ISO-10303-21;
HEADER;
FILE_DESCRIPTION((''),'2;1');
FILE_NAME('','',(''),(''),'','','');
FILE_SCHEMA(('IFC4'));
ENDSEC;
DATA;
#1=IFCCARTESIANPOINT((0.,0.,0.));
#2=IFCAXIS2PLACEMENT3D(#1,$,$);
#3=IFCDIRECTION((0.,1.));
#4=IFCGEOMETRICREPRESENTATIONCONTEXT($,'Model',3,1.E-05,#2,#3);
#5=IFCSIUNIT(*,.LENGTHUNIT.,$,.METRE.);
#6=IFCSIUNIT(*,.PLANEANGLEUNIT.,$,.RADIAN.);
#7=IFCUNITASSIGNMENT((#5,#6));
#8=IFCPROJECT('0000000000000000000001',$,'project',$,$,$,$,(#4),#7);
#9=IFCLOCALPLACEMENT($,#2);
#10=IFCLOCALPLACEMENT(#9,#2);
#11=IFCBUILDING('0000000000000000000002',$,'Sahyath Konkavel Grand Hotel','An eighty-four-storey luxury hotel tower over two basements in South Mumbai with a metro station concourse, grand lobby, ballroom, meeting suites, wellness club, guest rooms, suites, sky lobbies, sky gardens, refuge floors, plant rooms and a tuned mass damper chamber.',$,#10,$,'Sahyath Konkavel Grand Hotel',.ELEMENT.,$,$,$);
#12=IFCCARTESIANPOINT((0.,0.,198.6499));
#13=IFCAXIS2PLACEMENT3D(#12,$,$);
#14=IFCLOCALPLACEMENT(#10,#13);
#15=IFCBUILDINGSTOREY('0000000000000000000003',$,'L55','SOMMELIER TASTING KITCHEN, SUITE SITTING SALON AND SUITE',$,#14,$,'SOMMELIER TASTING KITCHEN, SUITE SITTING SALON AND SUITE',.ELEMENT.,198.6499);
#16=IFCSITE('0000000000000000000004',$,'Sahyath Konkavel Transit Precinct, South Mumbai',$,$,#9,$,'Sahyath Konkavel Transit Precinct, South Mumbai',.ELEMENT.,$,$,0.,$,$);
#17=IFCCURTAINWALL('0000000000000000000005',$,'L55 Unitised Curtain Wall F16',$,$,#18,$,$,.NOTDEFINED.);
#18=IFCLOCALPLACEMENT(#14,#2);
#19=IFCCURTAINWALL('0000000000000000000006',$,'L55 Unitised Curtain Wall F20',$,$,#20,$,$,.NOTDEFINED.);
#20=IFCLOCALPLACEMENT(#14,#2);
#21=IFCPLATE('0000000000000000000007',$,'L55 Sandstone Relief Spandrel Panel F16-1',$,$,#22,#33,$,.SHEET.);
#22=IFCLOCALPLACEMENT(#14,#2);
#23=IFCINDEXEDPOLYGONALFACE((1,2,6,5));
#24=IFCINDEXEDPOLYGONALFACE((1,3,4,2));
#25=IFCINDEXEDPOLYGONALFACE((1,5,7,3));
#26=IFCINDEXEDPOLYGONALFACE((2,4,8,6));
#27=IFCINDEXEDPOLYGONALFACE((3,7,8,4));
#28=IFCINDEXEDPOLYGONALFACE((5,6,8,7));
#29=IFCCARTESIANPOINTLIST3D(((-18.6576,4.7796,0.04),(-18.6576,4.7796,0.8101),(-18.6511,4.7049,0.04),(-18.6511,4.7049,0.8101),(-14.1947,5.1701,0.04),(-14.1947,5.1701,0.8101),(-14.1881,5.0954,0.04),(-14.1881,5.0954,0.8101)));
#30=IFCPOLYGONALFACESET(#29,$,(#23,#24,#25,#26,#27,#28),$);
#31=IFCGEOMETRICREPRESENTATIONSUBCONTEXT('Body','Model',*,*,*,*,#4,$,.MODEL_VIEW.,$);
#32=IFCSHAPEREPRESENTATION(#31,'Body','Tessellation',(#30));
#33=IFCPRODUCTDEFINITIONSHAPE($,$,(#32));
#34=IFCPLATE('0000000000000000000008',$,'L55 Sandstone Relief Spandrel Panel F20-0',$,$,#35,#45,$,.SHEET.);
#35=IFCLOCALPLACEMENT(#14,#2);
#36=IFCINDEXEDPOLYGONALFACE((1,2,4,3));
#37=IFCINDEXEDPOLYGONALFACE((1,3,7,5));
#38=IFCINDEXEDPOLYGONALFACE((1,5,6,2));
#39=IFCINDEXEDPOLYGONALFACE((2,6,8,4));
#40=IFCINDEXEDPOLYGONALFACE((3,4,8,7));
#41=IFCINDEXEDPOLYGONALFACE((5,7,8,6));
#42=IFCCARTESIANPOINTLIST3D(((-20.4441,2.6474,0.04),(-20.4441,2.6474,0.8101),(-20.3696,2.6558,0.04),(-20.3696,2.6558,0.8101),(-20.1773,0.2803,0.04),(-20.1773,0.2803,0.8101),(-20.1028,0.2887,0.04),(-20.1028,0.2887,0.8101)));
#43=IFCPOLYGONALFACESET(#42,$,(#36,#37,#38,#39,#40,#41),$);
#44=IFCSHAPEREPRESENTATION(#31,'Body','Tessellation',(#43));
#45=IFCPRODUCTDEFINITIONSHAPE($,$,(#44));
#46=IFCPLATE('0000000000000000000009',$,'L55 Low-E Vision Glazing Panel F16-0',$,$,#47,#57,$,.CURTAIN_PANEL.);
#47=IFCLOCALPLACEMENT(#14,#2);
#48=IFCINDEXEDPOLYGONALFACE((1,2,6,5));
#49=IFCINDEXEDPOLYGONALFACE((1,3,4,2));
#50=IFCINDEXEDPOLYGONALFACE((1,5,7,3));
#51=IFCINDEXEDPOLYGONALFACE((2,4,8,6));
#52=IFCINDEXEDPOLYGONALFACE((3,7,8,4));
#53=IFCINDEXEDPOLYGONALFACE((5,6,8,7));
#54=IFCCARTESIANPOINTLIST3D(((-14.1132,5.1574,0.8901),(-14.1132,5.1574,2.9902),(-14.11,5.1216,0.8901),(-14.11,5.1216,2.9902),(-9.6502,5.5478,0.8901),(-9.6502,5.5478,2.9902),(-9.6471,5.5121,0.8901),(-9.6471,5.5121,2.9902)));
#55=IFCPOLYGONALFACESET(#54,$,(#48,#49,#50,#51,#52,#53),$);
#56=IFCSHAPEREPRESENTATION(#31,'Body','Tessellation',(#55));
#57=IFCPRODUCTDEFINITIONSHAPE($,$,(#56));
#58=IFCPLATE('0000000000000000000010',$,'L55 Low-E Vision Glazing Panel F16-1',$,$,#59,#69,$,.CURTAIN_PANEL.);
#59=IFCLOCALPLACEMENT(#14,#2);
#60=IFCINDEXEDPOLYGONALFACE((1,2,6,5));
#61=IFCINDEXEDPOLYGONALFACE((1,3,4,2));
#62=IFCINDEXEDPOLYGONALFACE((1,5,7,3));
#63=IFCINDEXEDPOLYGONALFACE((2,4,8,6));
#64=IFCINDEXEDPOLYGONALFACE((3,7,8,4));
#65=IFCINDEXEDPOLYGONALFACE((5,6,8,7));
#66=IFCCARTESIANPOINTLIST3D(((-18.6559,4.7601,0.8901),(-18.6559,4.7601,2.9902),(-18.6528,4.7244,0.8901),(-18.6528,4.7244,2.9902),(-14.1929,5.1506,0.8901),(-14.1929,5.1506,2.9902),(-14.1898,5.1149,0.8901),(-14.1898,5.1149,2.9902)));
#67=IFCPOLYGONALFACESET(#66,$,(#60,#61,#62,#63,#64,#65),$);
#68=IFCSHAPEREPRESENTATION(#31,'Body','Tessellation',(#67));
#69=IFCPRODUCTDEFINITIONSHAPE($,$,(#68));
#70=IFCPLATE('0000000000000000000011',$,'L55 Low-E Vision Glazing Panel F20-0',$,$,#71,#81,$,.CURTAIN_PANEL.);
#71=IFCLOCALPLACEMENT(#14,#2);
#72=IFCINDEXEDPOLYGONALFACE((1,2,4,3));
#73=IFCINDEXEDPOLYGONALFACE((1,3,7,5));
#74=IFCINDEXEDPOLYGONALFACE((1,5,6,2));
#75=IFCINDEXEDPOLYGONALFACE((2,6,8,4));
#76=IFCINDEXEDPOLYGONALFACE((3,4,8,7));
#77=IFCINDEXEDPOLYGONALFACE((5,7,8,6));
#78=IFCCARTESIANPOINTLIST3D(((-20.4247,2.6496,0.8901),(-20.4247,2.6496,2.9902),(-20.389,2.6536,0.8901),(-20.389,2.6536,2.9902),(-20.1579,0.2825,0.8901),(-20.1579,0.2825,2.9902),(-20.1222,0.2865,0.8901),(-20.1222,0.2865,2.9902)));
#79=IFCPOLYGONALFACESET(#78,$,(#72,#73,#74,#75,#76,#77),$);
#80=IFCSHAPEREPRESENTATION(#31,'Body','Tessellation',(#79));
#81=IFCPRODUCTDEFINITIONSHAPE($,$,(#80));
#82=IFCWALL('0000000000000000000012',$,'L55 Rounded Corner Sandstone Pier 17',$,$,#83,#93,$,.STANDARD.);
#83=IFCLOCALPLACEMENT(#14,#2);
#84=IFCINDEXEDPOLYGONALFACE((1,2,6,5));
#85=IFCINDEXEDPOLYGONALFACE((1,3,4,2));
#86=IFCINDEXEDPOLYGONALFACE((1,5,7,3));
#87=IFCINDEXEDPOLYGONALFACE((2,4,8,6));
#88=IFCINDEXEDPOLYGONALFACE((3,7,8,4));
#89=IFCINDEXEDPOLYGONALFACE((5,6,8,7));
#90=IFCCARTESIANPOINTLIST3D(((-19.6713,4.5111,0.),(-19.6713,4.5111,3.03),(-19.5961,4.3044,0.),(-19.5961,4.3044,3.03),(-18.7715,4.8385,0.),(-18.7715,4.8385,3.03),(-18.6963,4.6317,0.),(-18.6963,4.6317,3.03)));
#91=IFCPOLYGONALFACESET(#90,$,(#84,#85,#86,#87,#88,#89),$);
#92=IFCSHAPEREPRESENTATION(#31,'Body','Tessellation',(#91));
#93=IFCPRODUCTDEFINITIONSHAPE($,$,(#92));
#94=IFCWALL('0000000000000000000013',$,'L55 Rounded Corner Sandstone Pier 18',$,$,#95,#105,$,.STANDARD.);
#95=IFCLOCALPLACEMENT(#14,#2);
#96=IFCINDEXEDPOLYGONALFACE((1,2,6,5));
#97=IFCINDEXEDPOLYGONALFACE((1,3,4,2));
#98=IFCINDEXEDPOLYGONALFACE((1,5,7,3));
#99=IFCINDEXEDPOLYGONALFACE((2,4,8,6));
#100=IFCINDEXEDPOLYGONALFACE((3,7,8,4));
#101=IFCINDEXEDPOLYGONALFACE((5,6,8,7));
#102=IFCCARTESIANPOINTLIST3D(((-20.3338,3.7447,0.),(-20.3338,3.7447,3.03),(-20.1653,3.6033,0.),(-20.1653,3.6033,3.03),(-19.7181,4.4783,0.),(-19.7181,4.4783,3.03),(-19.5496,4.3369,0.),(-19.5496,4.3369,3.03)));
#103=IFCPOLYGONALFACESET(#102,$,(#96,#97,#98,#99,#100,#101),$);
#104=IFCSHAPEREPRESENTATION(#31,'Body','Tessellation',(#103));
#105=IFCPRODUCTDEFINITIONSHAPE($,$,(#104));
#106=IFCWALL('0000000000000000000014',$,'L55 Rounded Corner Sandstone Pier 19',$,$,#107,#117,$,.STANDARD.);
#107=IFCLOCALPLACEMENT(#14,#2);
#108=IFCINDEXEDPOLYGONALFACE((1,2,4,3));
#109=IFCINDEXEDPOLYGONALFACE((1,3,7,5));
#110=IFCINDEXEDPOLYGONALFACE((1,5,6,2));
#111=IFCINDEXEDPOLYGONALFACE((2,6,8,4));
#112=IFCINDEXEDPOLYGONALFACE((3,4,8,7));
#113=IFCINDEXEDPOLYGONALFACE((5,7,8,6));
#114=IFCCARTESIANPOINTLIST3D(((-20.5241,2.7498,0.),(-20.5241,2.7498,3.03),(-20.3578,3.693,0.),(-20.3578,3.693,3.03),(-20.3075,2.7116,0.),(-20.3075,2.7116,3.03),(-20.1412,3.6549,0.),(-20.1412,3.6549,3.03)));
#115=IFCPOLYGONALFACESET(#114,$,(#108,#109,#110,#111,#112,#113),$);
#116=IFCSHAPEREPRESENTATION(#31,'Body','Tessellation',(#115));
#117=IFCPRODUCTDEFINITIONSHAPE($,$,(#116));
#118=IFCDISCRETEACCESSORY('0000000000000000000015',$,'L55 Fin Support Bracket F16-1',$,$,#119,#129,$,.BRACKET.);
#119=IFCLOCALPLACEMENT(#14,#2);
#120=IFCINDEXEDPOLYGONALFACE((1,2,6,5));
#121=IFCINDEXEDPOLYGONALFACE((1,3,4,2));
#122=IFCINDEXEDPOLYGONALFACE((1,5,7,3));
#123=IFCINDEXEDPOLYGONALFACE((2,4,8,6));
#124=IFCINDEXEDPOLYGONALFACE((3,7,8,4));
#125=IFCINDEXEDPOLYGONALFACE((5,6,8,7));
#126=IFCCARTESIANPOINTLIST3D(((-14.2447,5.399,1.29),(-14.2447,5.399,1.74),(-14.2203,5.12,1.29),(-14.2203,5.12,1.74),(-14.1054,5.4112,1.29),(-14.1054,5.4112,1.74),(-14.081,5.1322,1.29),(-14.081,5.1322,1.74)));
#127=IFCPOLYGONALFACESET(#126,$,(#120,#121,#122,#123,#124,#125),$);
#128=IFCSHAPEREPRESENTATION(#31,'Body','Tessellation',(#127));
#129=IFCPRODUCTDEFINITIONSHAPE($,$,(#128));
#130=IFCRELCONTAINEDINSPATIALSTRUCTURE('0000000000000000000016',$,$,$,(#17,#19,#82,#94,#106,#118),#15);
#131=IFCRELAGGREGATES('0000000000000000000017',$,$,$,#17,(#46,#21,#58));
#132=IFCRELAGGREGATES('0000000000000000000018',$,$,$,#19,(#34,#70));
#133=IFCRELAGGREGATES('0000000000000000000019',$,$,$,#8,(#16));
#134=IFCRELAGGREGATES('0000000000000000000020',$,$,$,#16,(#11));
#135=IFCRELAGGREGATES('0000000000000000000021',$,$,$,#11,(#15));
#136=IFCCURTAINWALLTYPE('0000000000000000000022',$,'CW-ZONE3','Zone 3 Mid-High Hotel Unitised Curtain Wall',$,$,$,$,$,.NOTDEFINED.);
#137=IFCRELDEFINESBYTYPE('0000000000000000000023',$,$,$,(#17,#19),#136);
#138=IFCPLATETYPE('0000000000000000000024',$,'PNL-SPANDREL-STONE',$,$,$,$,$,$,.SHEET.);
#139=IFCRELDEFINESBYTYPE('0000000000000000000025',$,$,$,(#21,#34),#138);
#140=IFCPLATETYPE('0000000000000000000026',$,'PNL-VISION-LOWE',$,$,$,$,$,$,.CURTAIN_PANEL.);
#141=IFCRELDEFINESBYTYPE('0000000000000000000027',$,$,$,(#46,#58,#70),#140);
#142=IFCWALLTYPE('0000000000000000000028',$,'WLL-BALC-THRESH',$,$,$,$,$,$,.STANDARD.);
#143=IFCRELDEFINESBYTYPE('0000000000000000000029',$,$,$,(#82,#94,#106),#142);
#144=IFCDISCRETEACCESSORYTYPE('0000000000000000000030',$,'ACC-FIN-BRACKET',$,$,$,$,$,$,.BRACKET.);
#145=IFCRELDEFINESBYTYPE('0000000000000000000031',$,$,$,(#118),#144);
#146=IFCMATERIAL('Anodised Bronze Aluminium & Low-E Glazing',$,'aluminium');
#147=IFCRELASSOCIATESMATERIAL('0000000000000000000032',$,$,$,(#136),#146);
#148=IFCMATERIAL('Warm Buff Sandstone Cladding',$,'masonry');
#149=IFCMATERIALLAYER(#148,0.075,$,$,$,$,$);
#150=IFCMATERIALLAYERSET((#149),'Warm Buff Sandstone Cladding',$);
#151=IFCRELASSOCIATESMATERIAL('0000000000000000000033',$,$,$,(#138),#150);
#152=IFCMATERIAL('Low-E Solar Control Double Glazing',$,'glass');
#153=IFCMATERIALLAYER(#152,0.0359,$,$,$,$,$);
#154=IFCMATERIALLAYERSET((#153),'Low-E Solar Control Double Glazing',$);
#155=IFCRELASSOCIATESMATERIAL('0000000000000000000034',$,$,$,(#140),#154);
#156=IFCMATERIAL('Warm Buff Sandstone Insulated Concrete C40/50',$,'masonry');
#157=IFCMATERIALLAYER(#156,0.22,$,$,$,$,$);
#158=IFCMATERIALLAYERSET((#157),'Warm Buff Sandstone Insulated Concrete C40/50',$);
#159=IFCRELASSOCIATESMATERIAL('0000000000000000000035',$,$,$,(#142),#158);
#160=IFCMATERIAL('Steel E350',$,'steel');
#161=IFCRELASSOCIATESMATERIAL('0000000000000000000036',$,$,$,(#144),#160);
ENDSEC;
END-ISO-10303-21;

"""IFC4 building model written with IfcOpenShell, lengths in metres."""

from ifc_helpers import new_model, si_unit, direction, frame, frame_2d, origin, origin_2d, place, context, subcontext, project, spatial, rectangle, extrude, source, transform, mapped, material, layer, layer_set, type_object, element, aggregate, save


model = new_model("IFC4")

# Units and contexts
model_context = context("Model", 3, precision=1e-05, world=origin(), true_north=direction((0.0, 1.0)))
body_context = subcontext(model_context, "Body", "Model", "MODEL_VIEW")
ifc_project = project(units=[si_unit("LENGTHUNIT", "METRE"), si_unit("PLANEANGLEUNIT", "RADIAN")], contexts=[model_context])

# Site, building, storey
site_placement = place(None, origin())
site = spatial("IfcSite", under=ifc_project, at=site_placement, Name="Sahyath Konkavel Transit Precinct, South Mumbai", LongName="Sahyath Konkavel Transit Precinct, South Mumbai", CompositionType="ELEMENT", RefElevation=0.0)
building_placement = place(site_placement, origin())
building = spatial("IfcBuilding", under=site, at=building_placement, Name="Sahyath Konkavel Grand Hotel", Description="An eighty-four-storey luxury hotel tower over two basements in South Mumbai with a metro station concourse, grand lobby, ballroom, meeting suites, wellness club, guest rooms, suites, sky lobbies, sky gardens, refuge floors, plant rooms and a tuned mass damper chamber.", LongName="Sahyath Konkavel Grand Hotel", CompositionType="ELEMENT")
storey_placement = place(building_placement, frame((0.0, 0.0, 198.6499)))
storey = spatial("IfcBuildingStorey", under=building, at=storey_placement, Name="L55", Description="SOMMELIER TASTING KITCHEN, SUITE SITTING SALON AND SUITE", LongName="SOMMELIER TASTING KITCHEN, SUITE SITTING SALON AND SUITE", CompositionType="ELEMENT", Elevation=198.6499)

# Shared definitions
ifc_material_1 = material(Name="Steel E350", Category="steel")

# Curtain walls
ifc_material_2 = material(Name="Anodised Bronze Aluminium & Low-E Glazing", Category="aluminium")
curtain_wall_type = type_object("IfcCurtainWallType", Name="CW-ZONE3", Description="Zone 3 Mid-High Hotel Unitised Curtain Wall", PredefinedType="NOTDEFINED", material=ifc_material_2)
curtain_wall_1_placement = place(storey_placement, origin())
curtain_wall_1 = element("IfcCurtainWall", 1, at=curtain_wall_1_placement, inside=storey, type_object=curtain_wall_type, Name="L55 Unitised Curtain Wall F16", PredefinedType="NOTDEFINED")
curtain_wall_2_placement = place(storey_placement, origin())
curtain_wall_2 = element("IfcCurtainWall", 2, at=curtain_wall_2_placement, inside=storey, type_object=curtain_wall_type, Name="L55 Unitised Curtain Wall F20", PredefinedType="NOTDEFINED")

# Plates
ifc_material_3 = material(Name="Warm Buff Sandstone Cladding", Category="masonry")
ifc_layer_1 = layer(ifc_material_3, 0.075)
ifc_layer_set_1 = layer_set([ifc_layer_1], Name="Warm Buff Sandstone Cladding")
plate_type_1 = type_object("IfcPlateType", Name="PNL-SPANDREL-STONE", PredefinedType="SHEET", material=ifc_layer_set_1)
shared_shape_1 = source(origin(), body_context, "Body", "SweptSolid", [
    extrude(rectangle(XDim=4.48, YDim=0.075, at=origin_2d()), origin(), (0.0, 0.0, 1.0), 0.77),
])
plate_1_placement = place(storey_placement, frame((-16.4229, 4.9375, 0.04), z_axis=(0.0, 0.0, 1.0), x_axis=(-0.996195, -0.087156, 0.0)))
plate_1 = element("IfcPlate", 3, at=plate_1_placement, type_object=plate_type_1, Name="L55 Sandstone Relief Spandrel Panel F16-1", PredefinedType="SHEET", context=body_context, shape_type="MappedRepresentation", body=[
    mapped(shared_shape_1, transform((0.0, 0.0, 0.0), scale=1.0)),
])
shared_shape_2 = source(origin(), body_context, "Body", "SweptSolid", [
    extrude(rectangle(XDim=2.3821, YDim=0.075, at=origin_2d()), origin(), (0.0, 0.0, 1.0), 0.77),
])
plate_2_placement = place(storey_placement, frame((-20.2734, 1.468, 0.04), z_axis=(0.0, 0.0, 1.0), x_axis=(0.111989, -0.993709, 0.0)))
plate_2 = element("IfcPlate", 4, at=plate_2_placement, type_object=plate_type_1, Name="L55 Sandstone Relief Spandrel Panel F20-0", PredefinedType="SHEET", context=body_context, shape_type="MappedRepresentation", body=[
    mapped(shared_shape_2, transform((0.0, 0.0, 0.0), scale=1.0)),
])
ifc_material_4 = material(Name="Low-E Solar Control Double Glazing", Category="glass")
ifc_layer_2 = layer(ifc_material_4, 0.0359)
ifc_layer_set_2 = layer_set([ifc_layer_2], Name="Low-E Solar Control Double Glazing")
plate_type_2 = type_object("IfcPlateType", Name="PNL-VISION-LOWE", PredefinedType="CURTAIN_PANEL", material=ifc_layer_set_2)
shared_shape_3 = source(origin(), body_context, "Body", "SweptSolid", [
    extrude(rectangle(XDim=4.48, YDim=0.0359, at=origin_2d()), origin(), (0.0, 0.0, 1.0), 2.1001),
])
plate_3_placement = place(storey_placement, frame((-11.8801, 5.3347, 0.8901), z_axis=(0.0, 0.0, 1.0), x_axis=(-0.996195, -0.087156, 0.0)))
plate_3 = element("IfcPlate", 5, at=plate_3_placement, type_object=plate_type_2, Name="L55 Low-E Vision Glazing Panel F16-0", PredefinedType="CURTAIN_PANEL", context=body_context, shape_type="MappedRepresentation", body=[
    mapped(shared_shape_3, transform((0.0, 0.0, 0.0), scale=1.0)),
])
plate_4_placement = place(storey_placement, frame((-16.4229, 4.9375, 0.8901), z_axis=(0.0, 0.0, 1.0), x_axis=(-0.996195, -0.087156, 0.0)))
plate_4 = element("IfcPlate", 6, at=plate_4_placement, type_object=plate_type_2, Name="L55 Low-E Vision Glazing Panel F16-1", PredefinedType="CURTAIN_PANEL", context=body_context, shape_type="MappedRepresentation", body=[
    mapped(shared_shape_3, transform((0.0, 0.0, 0.0), scale=1.0)),
])
aggregate(curtain_wall_1, [plate_3, plate_1, plate_4])
shared_shape_4 = source(origin(), body_context, "Body", "SweptSolid", [
    extrude(rectangle(XDim=2.3821, YDim=0.0359, at=origin_2d()), origin(), (0.0, 0.0, 1.0), 2.1001),
])
plate_5_placement = place(storey_placement, frame((-20.2734, 1.468, 0.8901), z_axis=(0.0, 0.0, 1.0), x_axis=(0.111989, -0.993709, 0.0)))
plate_5 = element("IfcPlate", 7, at=plate_5_placement, type_object=plate_type_2, Name="L55 Low-E Vision Glazing Panel F20-0", PredefinedType="CURTAIN_PANEL", context=body_context, shape_type="MappedRepresentation", body=[
    mapped(shared_shape_4, transform((0.0, 0.0, 0.0), scale=1.0)),
])
aggregate(curtain_wall_2, [plate_2, plate_5])

# Walls
ifc_material_5 = material(Name="Warm Buff Sandstone Insulated Concrete C40/50", Category="masonry")
ifc_layer_3 = layer(ifc_material_5, 0.22)
ifc_layer_set_3 = layer_set([ifc_layer_3], Name="Warm Buff Sandstone Insulated Concrete C40/50")
wall_type = type_object("IfcWallType", Name="WLL-BALC-THRESH", PredefinedType="STANDARD", material=ifc_layer_set_3)
wall_placement = place(storey_placement, frame((-18.7339, 4.7351, 0.0), z_axis=(0.0, 0.0, 1.0), x_axis=(-0.939741, -0.341886, 0.0)))
element("IfcWall", 8, at=wall_placement, inside=storey, type_object=wall_type, Name="L55 Rounded Corner Sandstone Pier 17", PredefinedType="STANDARD", context=body_context, shape_type="SweptSolid", body=[
    extrude(rectangle(XDim=0.9575, YDim=0.22, at=frame_2d((0.4788, 0.0))), origin(), (0.0, 0.0, 1.0), 3.03),
])
for number, where, z_axis, x_axis, name in (
    (9, (-19.6338, 4.4077, 0.0), (0.0, 0.0, 1.0), (-0.642863, -0.765981, 0.0), "L55 Rounded Corner Sandstone Pier 18"),
    (10, (-20.2495, 3.6741, 0.0), (0.0, 0.0, 1.0), (-0.173611, -0.984814, 0.0), "L55 Rounded Corner Sandstone Pier 19"),
):
    element("IfcWall", number, at=place(storey_placement, frame(where, z_axis=z_axis, x_axis=x_axis)), inside=storey, type_object=wall_type, Name=name, PredefinedType="STANDARD", context=body_context, shape_type="SweptSolid", body=[
        extrude(rectangle(XDim=0.9578, YDim=0.22, at=frame_2d((0.479, 0.0))), origin(), (0.0, 0.0, 1.0), 3.03),
    ])

# Discrete accessory
discrete_accessory_type = type_object("IfcDiscreteAccessoryType", Name="ACC-FIN-BRACKET", PredefinedType="BRACKET", material=ifc_material_1)
shared_shape_5 = source(origin(), body_context, "Body", "SweptSolid", [
    extrude(rectangle(XDim=0.28, YDim=0.1399, at=origin_2d()), origin(), (0.0, 0.0, 1.0), 0.45),
])
discrete_accessory_placement = place(storey_placement, frame((-14.1628, 5.2656, 1.29), z_axis=(0.0, 0.0, 1.0), x_axis=(-0.087156, 0.996195, 0.0)))
element("IfcDiscreteAccessory", 11, at=discrete_accessory_placement, inside=storey, type_object=discrete_accessory_type, Name="L55 Fin Support Bracket F16-1", PredefinedType="BRACKET", context=body_context, shape_type="MappedRepresentation", body=[
    mapped(shared_shape_5, transform((0.0, 0.0, 0.0), scale=1.0)),
])

save(model, "model.ifc")
